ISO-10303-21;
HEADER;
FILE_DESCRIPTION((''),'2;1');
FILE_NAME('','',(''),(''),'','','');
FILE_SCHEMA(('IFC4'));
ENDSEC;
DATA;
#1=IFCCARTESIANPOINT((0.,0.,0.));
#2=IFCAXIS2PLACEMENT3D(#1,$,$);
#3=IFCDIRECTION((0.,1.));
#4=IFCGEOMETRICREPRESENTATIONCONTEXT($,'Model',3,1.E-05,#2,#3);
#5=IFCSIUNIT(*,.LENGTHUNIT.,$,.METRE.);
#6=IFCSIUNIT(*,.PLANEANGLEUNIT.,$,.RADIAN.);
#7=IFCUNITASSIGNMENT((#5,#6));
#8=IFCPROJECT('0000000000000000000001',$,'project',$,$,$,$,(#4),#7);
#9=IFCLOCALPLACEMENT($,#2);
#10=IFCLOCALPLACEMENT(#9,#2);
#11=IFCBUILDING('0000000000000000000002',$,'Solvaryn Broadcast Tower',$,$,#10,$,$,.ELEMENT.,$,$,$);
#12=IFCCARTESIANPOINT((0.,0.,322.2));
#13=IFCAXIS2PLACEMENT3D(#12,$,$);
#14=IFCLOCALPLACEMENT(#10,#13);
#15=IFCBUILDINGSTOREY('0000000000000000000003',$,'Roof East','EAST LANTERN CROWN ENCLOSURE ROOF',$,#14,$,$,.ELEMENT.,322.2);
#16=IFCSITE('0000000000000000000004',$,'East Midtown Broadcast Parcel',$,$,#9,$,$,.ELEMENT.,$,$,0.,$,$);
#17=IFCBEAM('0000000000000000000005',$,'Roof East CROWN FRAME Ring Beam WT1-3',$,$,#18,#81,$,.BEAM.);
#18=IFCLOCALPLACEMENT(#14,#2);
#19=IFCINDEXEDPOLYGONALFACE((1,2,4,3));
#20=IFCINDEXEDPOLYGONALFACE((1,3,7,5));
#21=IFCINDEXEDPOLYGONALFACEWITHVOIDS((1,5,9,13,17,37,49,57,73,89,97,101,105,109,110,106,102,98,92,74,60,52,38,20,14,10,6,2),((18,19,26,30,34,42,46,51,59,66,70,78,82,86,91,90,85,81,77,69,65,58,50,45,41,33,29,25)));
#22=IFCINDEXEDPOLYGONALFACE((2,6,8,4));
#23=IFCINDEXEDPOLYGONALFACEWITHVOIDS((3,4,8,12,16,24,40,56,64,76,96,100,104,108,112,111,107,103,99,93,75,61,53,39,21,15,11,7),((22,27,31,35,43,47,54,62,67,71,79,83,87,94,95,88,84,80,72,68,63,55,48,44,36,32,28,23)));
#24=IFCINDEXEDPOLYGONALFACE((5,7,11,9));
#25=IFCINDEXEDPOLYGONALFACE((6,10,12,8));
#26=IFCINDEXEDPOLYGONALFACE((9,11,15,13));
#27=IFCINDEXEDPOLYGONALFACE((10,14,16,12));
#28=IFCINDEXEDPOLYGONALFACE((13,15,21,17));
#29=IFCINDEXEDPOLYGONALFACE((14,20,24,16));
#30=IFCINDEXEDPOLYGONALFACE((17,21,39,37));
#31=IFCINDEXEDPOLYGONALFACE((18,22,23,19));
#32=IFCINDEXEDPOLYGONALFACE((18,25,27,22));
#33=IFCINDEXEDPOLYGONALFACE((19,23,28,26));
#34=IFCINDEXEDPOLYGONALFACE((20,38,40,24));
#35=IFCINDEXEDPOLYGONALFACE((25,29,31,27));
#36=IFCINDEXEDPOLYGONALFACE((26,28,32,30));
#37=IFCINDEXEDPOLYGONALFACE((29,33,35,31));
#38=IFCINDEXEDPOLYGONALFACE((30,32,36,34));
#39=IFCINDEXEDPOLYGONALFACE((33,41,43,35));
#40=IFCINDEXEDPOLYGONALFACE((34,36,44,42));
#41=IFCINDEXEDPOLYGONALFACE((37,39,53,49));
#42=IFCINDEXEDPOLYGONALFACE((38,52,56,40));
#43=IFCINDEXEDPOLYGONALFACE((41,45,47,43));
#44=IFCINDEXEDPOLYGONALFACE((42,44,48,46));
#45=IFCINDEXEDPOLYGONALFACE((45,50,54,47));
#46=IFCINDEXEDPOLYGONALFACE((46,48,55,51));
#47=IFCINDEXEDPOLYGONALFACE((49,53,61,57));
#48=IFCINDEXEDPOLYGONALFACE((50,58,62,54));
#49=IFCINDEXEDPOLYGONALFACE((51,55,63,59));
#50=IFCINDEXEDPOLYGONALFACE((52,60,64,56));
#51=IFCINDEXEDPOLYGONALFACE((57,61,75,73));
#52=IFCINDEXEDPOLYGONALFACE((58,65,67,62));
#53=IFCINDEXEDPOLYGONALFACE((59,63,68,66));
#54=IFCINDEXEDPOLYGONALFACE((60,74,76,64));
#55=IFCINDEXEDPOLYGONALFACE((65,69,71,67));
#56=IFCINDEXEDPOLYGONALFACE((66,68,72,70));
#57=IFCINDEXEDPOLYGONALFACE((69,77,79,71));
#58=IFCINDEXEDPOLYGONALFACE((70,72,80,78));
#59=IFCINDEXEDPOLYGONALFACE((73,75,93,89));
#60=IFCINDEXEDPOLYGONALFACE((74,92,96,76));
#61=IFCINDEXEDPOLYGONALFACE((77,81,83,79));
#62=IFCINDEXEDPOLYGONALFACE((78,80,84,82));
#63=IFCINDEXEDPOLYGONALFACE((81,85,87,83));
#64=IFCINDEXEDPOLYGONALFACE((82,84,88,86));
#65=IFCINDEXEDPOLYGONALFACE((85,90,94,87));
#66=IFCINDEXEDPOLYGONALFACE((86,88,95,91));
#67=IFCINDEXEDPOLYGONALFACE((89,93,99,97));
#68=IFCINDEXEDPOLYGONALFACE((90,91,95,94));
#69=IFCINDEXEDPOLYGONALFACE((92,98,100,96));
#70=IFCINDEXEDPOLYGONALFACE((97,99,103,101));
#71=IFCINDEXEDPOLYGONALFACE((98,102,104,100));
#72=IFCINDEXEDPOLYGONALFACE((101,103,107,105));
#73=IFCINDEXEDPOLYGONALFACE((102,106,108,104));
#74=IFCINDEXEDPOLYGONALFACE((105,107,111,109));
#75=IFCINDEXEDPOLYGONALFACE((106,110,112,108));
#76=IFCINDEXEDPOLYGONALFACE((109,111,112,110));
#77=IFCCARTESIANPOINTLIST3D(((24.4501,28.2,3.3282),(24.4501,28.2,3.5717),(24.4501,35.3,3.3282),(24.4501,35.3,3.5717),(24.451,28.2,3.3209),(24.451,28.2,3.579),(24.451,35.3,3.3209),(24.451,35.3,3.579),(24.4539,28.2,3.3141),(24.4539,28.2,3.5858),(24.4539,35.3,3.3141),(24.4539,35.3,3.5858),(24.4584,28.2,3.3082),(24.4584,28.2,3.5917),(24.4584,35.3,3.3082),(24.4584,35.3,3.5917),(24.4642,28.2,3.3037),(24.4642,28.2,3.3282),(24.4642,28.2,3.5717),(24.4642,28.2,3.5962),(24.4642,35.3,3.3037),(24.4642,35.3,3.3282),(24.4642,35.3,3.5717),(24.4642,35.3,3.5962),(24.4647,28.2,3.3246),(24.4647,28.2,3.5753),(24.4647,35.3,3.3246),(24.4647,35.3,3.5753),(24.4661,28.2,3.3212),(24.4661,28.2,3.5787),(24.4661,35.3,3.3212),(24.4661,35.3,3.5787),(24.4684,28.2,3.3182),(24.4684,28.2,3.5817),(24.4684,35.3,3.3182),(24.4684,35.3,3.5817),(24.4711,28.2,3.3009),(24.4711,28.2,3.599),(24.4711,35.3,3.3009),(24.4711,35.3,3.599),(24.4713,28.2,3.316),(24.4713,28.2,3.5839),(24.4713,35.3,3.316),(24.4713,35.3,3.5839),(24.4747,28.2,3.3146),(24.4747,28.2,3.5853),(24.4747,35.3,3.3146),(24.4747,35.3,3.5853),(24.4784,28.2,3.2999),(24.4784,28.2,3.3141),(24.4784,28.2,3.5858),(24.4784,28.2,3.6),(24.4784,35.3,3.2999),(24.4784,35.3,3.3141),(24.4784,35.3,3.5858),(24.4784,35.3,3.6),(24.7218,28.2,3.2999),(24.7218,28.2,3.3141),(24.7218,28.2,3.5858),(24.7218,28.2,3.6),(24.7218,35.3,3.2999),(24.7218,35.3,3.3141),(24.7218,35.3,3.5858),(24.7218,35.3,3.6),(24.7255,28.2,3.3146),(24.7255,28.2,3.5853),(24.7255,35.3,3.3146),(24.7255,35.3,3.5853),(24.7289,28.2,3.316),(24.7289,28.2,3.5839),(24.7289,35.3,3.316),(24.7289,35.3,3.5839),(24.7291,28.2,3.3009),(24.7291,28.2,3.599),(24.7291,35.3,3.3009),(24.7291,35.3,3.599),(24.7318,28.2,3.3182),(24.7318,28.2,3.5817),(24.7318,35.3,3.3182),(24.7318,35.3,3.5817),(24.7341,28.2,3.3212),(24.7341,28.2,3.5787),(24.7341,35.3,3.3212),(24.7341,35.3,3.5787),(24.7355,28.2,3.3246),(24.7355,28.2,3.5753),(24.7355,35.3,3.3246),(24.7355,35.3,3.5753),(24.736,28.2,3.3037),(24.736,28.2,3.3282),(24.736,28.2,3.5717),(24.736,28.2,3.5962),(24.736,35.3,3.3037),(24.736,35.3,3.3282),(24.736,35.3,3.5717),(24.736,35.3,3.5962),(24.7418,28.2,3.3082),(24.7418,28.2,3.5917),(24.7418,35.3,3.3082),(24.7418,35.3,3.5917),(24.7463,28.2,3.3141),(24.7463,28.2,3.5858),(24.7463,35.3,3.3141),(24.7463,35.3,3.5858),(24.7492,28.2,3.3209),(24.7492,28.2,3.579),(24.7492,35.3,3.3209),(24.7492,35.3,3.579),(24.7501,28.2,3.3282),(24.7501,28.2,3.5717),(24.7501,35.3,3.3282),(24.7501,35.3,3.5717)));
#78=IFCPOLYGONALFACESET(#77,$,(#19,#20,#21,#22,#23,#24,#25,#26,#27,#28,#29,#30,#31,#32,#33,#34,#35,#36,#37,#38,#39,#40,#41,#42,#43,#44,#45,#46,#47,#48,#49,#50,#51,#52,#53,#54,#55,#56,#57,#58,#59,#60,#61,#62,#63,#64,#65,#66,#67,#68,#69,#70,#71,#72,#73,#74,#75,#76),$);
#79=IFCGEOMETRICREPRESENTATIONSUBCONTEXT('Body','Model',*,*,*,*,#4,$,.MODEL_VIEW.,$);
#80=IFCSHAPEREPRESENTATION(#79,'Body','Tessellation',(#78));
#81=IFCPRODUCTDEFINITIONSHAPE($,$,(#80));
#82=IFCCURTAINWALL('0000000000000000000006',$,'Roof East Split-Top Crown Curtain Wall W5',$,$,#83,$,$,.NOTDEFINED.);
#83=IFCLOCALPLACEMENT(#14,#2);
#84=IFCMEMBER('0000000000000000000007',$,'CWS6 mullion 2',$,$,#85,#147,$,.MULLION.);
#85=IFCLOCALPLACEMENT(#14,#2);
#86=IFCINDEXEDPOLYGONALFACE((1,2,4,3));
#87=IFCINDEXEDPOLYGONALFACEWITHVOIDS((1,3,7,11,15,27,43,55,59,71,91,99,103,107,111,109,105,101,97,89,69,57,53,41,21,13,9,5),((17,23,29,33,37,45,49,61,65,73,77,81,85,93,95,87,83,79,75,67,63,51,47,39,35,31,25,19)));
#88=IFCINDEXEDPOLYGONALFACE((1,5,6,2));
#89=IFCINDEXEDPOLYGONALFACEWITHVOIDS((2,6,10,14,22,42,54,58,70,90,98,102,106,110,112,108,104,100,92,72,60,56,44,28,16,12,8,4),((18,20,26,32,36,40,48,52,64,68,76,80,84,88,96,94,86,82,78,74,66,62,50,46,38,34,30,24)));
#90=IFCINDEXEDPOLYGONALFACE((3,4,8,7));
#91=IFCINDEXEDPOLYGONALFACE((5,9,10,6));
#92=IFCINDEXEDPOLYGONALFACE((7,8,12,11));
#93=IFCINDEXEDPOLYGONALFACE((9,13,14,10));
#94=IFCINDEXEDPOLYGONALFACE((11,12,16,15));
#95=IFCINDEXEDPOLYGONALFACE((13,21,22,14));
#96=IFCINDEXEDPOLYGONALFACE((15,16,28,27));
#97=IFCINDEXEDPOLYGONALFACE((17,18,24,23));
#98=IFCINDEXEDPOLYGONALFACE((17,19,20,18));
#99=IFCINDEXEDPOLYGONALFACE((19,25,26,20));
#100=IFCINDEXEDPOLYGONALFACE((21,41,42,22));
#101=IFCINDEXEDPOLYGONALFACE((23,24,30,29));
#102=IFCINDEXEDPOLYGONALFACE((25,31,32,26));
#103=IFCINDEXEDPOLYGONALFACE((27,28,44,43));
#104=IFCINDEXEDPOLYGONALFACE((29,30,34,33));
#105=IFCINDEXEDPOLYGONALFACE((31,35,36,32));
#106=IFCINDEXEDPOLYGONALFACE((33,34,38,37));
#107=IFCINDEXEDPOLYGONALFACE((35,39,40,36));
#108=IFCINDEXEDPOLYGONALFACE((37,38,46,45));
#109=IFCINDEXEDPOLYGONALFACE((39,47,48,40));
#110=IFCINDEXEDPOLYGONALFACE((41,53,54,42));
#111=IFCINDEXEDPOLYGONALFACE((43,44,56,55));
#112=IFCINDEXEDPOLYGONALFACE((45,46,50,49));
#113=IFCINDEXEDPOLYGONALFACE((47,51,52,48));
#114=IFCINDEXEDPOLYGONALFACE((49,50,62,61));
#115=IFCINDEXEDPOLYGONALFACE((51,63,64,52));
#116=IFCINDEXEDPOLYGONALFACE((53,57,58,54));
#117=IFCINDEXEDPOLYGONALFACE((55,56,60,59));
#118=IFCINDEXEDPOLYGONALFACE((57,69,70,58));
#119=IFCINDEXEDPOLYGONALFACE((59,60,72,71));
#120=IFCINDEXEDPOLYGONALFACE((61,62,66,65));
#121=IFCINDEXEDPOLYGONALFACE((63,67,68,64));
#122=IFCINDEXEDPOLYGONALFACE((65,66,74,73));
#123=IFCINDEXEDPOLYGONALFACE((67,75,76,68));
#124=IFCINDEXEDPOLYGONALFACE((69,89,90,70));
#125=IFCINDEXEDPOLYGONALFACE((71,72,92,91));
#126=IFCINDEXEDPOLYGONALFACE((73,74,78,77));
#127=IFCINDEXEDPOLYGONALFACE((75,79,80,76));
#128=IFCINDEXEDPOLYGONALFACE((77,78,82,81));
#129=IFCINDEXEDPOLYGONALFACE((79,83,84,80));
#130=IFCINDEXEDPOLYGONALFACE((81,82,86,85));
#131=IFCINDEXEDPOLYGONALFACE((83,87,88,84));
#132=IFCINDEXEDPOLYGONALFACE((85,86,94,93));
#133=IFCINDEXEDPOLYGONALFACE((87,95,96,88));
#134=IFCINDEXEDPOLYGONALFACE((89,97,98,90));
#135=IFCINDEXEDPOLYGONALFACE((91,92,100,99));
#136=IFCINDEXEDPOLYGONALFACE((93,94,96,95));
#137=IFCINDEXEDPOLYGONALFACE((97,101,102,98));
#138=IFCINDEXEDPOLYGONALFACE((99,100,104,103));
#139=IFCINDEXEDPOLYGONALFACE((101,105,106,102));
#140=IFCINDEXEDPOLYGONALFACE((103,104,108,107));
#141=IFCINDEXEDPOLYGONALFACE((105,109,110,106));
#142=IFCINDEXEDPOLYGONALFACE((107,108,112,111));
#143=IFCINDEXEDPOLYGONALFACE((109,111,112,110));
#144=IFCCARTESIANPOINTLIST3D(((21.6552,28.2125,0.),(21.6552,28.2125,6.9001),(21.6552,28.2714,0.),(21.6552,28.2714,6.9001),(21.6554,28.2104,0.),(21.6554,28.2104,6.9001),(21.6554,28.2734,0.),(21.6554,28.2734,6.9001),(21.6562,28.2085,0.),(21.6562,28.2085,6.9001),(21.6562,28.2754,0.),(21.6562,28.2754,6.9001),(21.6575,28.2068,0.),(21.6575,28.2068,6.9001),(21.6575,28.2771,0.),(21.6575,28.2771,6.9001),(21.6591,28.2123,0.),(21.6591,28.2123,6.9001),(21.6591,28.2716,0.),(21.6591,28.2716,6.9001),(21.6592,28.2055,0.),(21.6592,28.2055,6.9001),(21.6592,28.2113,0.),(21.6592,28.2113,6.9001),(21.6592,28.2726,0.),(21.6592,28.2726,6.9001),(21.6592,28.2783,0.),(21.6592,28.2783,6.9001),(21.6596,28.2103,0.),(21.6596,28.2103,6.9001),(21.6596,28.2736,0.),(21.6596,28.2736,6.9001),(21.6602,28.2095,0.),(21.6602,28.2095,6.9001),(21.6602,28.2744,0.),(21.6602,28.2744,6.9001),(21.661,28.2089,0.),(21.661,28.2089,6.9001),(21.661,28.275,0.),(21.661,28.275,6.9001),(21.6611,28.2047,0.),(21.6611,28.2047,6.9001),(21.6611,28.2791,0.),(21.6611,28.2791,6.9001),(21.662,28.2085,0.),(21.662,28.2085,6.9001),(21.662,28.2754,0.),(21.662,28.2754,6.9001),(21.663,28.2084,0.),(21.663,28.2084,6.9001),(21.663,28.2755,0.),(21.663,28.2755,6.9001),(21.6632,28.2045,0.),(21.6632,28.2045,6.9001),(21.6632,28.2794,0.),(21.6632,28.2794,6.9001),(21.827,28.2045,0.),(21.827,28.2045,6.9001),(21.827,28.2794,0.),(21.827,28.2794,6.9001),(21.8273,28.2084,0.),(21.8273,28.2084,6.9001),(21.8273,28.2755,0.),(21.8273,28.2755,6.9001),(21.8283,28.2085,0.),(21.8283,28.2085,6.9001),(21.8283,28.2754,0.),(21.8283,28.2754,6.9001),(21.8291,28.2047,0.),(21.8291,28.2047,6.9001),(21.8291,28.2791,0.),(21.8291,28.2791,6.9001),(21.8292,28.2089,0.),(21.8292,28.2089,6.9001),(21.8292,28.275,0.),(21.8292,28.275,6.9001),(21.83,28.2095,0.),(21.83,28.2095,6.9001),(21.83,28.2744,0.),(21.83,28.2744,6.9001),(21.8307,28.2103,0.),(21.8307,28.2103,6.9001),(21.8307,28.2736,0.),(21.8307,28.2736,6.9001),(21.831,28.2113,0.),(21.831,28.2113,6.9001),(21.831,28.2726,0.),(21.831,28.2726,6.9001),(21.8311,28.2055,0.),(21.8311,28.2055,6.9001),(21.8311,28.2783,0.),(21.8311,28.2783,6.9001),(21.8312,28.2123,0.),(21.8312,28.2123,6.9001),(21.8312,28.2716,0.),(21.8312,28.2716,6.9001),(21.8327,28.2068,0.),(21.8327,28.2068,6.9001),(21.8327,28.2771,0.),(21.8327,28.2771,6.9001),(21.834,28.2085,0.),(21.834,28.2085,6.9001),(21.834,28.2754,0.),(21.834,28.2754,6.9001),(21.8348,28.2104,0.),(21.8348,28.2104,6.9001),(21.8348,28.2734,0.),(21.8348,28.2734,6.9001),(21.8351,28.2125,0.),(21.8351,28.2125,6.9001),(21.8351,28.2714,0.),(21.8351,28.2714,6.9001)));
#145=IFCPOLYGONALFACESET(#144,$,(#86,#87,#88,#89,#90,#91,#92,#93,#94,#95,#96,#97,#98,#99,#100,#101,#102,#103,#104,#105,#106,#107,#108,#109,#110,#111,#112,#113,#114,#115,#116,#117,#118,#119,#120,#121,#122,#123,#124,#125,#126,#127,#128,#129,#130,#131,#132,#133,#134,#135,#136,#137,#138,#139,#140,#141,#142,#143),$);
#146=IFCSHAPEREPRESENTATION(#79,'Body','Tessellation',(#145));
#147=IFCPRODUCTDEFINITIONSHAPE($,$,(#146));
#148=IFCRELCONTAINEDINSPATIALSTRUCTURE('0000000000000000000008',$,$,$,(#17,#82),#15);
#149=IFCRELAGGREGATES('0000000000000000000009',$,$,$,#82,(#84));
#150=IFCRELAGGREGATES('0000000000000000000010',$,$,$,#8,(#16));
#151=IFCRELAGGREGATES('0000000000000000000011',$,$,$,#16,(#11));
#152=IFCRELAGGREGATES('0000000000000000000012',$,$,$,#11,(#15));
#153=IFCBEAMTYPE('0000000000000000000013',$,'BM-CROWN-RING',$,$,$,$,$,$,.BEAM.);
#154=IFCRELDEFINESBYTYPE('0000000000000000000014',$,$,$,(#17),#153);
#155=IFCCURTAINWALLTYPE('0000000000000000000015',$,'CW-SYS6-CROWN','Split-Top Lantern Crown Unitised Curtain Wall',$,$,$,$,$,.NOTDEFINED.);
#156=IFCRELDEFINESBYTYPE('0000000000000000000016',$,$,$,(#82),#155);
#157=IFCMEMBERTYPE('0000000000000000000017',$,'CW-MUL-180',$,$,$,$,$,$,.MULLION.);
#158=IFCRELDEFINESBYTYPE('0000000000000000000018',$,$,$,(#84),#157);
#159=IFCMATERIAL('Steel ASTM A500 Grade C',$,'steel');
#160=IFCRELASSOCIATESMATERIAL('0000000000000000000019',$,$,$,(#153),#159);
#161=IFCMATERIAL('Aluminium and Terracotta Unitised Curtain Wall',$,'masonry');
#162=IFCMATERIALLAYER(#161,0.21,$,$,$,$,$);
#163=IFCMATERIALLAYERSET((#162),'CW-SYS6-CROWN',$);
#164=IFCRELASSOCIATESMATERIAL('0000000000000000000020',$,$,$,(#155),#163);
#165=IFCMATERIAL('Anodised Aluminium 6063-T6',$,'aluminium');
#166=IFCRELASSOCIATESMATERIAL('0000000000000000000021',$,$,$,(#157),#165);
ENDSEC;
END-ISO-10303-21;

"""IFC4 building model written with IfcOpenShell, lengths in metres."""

from ifc_helpers import new_model, si_unit, direction, frame, origin, origin_2d, place, context, subcontext, project, spatial, hollow_rectangle, extrude, material, layer, layer_set, material_profile, profile_set, type_object, element, aggregate, save


model = new_model("IFC4")

# Units and contexts
model_context = context("Model", 3, precision=1e-05, world=origin(), true_north=direction((0.0, 1.0)))
body_context = subcontext(model_context, "Body", "Model", "MODEL_VIEW")
ifc_project = project(units=[si_unit("LENGTHUNIT", "METRE"), si_unit("PLANEANGLEUNIT", "RADIAN")], contexts=[model_context])

# Site, building, storey
site_placement = place(None, origin())
site = spatial("IfcSite", under=ifc_project, at=site_placement, Name="East Midtown Broadcast Parcel", CompositionType="ELEMENT", RefElevation=0.0)
building_placement = place(site_placement, origin())
building = spatial("IfcBuilding", under=site, at=building_placement, Name="Solvaryn Broadcast Tower", CompositionType="ELEMENT")
storey_placement = place(building_placement, frame((0.0, 0.0, 322.2)))
storey = spatial("IfcBuildingStorey", under=building, at=storey_placement, Name="Roof East", Description="EAST LANTERN CROWN ENCLOSURE ROOF", CompositionType="ELEMENT", Elevation=322.2)

# Beam
ifc_material_1 = material(Name="Steel ASTM A500 Grade C", Category="steel")
ifc_material_profile_1 = material_profile(ifc_material_1, hollow_rectangle(XDim=0.3, YDim=0.3, WallThickness=0.0142, InnerFilletRadius=0.0142, OuterFilletRadius=0.0283, at=origin_2d()))
ifc_profile_set_1 = profile_set([ifc_material_profile_1], Name="Steel ASTM A500 Grade C")
beam_type_1 = type_object("IfcBeamType", Name="BM-CROWN-RING", PredefinedType="BEAM", material=ifc_profile_set_1)
beam_1_placement = place(storey_placement, frame((24.6001, 28.2, 3.45), z_axis=(0.0, 1.0, 0.0), x_axis=(-1.0, 0.0, 0.0)))
element("IfcBeam", 1, at=beam_1_placement, inside=storey, type_object=beam_type_1, Name="Roof East CROWN FRAME Ring Beam WT1-3", PredefinedType="BEAM", context=body_context, shape_type="SweptSolid", body=[
    extrude(hollow_rectangle(XDim=0.3, YDim=0.3, WallThickness=0.0142, InnerFilletRadius=0.0142, OuterFilletRadius=0.0283, at=origin_2d()), origin(), (0.0, 0.0, 1.0), 7.1001),
])

# Curtain wall, member
ifc_material_2 = material(Name="Aluminium and Terracotta Unitised Curtain Wall", Category="masonry")
ifc_layer_1 = layer(ifc_material_2, 0.21)
ifc_layer_set_1 = layer_set([ifc_layer_1], Name="CW-SYS6-CROWN")
curtain_wall_type = type_object("IfcCurtainWallType", Name="CW-SYS6-CROWN", Description="Split-Top Lantern Crown Unitised Curtain Wall", PredefinedType="NOTDEFINED", material=ifc_layer_set_1)
curtain_wall_1_placement = place(storey_placement, origin())
curtain_wall_1 = element("IfcCurtainWall", 2, at=curtain_wall_1_placement, inside=storey, type_object=curtain_wall_type, Name="Roof East Split-Top Crown Curtain Wall W5", PredefinedType="NOTDEFINED")
ifc_material_3 = material(Name="Anodised Aluminium 6063-T6", Category="aluminium")
ifc_material_profile_2 = material_profile(ifc_material_3, hollow_rectangle(XDim=0.075, YDim=0.1799, WallThickness=0.0039, InnerFilletRadius=0.0039, OuterFilletRadius=0.0081, at=origin_2d()))
ifc_profile_set_2 = profile_set([ifc_material_profile_2], Name="Anodised Aluminium 6063-T6")
member_type_1 = type_object("IfcMemberType", Name="CW-MUL-180", PredefinedType="MULLION", material=ifc_profile_set_2)
member_1_placement = place(storey_placement, frame((21.7451, 28.2419, 0.0), z_axis=(0.0, 0.0, 1.0), x_axis=(0.0, 1.0, 0.0)))
member_1 = element("IfcMember", 3, at=member_1_placement, type_object=member_type_1, Name="CWS6 mullion 2", PredefinedType="MULLION", context=body_context, shape_type="SweptSolid", body=[
    extrude(hollow_rectangle(XDim=0.075, YDim=0.1799, WallThickness=0.0039, InnerFilletRadius=0.0039, OuterFilletRadius=0.0081, at=origin_2d()), origin(), (0.0, 0.0, 1.0), 6.9001),
])

aggregate(curtain_wall_1, [member_1])

save(model, "model.ifc")
